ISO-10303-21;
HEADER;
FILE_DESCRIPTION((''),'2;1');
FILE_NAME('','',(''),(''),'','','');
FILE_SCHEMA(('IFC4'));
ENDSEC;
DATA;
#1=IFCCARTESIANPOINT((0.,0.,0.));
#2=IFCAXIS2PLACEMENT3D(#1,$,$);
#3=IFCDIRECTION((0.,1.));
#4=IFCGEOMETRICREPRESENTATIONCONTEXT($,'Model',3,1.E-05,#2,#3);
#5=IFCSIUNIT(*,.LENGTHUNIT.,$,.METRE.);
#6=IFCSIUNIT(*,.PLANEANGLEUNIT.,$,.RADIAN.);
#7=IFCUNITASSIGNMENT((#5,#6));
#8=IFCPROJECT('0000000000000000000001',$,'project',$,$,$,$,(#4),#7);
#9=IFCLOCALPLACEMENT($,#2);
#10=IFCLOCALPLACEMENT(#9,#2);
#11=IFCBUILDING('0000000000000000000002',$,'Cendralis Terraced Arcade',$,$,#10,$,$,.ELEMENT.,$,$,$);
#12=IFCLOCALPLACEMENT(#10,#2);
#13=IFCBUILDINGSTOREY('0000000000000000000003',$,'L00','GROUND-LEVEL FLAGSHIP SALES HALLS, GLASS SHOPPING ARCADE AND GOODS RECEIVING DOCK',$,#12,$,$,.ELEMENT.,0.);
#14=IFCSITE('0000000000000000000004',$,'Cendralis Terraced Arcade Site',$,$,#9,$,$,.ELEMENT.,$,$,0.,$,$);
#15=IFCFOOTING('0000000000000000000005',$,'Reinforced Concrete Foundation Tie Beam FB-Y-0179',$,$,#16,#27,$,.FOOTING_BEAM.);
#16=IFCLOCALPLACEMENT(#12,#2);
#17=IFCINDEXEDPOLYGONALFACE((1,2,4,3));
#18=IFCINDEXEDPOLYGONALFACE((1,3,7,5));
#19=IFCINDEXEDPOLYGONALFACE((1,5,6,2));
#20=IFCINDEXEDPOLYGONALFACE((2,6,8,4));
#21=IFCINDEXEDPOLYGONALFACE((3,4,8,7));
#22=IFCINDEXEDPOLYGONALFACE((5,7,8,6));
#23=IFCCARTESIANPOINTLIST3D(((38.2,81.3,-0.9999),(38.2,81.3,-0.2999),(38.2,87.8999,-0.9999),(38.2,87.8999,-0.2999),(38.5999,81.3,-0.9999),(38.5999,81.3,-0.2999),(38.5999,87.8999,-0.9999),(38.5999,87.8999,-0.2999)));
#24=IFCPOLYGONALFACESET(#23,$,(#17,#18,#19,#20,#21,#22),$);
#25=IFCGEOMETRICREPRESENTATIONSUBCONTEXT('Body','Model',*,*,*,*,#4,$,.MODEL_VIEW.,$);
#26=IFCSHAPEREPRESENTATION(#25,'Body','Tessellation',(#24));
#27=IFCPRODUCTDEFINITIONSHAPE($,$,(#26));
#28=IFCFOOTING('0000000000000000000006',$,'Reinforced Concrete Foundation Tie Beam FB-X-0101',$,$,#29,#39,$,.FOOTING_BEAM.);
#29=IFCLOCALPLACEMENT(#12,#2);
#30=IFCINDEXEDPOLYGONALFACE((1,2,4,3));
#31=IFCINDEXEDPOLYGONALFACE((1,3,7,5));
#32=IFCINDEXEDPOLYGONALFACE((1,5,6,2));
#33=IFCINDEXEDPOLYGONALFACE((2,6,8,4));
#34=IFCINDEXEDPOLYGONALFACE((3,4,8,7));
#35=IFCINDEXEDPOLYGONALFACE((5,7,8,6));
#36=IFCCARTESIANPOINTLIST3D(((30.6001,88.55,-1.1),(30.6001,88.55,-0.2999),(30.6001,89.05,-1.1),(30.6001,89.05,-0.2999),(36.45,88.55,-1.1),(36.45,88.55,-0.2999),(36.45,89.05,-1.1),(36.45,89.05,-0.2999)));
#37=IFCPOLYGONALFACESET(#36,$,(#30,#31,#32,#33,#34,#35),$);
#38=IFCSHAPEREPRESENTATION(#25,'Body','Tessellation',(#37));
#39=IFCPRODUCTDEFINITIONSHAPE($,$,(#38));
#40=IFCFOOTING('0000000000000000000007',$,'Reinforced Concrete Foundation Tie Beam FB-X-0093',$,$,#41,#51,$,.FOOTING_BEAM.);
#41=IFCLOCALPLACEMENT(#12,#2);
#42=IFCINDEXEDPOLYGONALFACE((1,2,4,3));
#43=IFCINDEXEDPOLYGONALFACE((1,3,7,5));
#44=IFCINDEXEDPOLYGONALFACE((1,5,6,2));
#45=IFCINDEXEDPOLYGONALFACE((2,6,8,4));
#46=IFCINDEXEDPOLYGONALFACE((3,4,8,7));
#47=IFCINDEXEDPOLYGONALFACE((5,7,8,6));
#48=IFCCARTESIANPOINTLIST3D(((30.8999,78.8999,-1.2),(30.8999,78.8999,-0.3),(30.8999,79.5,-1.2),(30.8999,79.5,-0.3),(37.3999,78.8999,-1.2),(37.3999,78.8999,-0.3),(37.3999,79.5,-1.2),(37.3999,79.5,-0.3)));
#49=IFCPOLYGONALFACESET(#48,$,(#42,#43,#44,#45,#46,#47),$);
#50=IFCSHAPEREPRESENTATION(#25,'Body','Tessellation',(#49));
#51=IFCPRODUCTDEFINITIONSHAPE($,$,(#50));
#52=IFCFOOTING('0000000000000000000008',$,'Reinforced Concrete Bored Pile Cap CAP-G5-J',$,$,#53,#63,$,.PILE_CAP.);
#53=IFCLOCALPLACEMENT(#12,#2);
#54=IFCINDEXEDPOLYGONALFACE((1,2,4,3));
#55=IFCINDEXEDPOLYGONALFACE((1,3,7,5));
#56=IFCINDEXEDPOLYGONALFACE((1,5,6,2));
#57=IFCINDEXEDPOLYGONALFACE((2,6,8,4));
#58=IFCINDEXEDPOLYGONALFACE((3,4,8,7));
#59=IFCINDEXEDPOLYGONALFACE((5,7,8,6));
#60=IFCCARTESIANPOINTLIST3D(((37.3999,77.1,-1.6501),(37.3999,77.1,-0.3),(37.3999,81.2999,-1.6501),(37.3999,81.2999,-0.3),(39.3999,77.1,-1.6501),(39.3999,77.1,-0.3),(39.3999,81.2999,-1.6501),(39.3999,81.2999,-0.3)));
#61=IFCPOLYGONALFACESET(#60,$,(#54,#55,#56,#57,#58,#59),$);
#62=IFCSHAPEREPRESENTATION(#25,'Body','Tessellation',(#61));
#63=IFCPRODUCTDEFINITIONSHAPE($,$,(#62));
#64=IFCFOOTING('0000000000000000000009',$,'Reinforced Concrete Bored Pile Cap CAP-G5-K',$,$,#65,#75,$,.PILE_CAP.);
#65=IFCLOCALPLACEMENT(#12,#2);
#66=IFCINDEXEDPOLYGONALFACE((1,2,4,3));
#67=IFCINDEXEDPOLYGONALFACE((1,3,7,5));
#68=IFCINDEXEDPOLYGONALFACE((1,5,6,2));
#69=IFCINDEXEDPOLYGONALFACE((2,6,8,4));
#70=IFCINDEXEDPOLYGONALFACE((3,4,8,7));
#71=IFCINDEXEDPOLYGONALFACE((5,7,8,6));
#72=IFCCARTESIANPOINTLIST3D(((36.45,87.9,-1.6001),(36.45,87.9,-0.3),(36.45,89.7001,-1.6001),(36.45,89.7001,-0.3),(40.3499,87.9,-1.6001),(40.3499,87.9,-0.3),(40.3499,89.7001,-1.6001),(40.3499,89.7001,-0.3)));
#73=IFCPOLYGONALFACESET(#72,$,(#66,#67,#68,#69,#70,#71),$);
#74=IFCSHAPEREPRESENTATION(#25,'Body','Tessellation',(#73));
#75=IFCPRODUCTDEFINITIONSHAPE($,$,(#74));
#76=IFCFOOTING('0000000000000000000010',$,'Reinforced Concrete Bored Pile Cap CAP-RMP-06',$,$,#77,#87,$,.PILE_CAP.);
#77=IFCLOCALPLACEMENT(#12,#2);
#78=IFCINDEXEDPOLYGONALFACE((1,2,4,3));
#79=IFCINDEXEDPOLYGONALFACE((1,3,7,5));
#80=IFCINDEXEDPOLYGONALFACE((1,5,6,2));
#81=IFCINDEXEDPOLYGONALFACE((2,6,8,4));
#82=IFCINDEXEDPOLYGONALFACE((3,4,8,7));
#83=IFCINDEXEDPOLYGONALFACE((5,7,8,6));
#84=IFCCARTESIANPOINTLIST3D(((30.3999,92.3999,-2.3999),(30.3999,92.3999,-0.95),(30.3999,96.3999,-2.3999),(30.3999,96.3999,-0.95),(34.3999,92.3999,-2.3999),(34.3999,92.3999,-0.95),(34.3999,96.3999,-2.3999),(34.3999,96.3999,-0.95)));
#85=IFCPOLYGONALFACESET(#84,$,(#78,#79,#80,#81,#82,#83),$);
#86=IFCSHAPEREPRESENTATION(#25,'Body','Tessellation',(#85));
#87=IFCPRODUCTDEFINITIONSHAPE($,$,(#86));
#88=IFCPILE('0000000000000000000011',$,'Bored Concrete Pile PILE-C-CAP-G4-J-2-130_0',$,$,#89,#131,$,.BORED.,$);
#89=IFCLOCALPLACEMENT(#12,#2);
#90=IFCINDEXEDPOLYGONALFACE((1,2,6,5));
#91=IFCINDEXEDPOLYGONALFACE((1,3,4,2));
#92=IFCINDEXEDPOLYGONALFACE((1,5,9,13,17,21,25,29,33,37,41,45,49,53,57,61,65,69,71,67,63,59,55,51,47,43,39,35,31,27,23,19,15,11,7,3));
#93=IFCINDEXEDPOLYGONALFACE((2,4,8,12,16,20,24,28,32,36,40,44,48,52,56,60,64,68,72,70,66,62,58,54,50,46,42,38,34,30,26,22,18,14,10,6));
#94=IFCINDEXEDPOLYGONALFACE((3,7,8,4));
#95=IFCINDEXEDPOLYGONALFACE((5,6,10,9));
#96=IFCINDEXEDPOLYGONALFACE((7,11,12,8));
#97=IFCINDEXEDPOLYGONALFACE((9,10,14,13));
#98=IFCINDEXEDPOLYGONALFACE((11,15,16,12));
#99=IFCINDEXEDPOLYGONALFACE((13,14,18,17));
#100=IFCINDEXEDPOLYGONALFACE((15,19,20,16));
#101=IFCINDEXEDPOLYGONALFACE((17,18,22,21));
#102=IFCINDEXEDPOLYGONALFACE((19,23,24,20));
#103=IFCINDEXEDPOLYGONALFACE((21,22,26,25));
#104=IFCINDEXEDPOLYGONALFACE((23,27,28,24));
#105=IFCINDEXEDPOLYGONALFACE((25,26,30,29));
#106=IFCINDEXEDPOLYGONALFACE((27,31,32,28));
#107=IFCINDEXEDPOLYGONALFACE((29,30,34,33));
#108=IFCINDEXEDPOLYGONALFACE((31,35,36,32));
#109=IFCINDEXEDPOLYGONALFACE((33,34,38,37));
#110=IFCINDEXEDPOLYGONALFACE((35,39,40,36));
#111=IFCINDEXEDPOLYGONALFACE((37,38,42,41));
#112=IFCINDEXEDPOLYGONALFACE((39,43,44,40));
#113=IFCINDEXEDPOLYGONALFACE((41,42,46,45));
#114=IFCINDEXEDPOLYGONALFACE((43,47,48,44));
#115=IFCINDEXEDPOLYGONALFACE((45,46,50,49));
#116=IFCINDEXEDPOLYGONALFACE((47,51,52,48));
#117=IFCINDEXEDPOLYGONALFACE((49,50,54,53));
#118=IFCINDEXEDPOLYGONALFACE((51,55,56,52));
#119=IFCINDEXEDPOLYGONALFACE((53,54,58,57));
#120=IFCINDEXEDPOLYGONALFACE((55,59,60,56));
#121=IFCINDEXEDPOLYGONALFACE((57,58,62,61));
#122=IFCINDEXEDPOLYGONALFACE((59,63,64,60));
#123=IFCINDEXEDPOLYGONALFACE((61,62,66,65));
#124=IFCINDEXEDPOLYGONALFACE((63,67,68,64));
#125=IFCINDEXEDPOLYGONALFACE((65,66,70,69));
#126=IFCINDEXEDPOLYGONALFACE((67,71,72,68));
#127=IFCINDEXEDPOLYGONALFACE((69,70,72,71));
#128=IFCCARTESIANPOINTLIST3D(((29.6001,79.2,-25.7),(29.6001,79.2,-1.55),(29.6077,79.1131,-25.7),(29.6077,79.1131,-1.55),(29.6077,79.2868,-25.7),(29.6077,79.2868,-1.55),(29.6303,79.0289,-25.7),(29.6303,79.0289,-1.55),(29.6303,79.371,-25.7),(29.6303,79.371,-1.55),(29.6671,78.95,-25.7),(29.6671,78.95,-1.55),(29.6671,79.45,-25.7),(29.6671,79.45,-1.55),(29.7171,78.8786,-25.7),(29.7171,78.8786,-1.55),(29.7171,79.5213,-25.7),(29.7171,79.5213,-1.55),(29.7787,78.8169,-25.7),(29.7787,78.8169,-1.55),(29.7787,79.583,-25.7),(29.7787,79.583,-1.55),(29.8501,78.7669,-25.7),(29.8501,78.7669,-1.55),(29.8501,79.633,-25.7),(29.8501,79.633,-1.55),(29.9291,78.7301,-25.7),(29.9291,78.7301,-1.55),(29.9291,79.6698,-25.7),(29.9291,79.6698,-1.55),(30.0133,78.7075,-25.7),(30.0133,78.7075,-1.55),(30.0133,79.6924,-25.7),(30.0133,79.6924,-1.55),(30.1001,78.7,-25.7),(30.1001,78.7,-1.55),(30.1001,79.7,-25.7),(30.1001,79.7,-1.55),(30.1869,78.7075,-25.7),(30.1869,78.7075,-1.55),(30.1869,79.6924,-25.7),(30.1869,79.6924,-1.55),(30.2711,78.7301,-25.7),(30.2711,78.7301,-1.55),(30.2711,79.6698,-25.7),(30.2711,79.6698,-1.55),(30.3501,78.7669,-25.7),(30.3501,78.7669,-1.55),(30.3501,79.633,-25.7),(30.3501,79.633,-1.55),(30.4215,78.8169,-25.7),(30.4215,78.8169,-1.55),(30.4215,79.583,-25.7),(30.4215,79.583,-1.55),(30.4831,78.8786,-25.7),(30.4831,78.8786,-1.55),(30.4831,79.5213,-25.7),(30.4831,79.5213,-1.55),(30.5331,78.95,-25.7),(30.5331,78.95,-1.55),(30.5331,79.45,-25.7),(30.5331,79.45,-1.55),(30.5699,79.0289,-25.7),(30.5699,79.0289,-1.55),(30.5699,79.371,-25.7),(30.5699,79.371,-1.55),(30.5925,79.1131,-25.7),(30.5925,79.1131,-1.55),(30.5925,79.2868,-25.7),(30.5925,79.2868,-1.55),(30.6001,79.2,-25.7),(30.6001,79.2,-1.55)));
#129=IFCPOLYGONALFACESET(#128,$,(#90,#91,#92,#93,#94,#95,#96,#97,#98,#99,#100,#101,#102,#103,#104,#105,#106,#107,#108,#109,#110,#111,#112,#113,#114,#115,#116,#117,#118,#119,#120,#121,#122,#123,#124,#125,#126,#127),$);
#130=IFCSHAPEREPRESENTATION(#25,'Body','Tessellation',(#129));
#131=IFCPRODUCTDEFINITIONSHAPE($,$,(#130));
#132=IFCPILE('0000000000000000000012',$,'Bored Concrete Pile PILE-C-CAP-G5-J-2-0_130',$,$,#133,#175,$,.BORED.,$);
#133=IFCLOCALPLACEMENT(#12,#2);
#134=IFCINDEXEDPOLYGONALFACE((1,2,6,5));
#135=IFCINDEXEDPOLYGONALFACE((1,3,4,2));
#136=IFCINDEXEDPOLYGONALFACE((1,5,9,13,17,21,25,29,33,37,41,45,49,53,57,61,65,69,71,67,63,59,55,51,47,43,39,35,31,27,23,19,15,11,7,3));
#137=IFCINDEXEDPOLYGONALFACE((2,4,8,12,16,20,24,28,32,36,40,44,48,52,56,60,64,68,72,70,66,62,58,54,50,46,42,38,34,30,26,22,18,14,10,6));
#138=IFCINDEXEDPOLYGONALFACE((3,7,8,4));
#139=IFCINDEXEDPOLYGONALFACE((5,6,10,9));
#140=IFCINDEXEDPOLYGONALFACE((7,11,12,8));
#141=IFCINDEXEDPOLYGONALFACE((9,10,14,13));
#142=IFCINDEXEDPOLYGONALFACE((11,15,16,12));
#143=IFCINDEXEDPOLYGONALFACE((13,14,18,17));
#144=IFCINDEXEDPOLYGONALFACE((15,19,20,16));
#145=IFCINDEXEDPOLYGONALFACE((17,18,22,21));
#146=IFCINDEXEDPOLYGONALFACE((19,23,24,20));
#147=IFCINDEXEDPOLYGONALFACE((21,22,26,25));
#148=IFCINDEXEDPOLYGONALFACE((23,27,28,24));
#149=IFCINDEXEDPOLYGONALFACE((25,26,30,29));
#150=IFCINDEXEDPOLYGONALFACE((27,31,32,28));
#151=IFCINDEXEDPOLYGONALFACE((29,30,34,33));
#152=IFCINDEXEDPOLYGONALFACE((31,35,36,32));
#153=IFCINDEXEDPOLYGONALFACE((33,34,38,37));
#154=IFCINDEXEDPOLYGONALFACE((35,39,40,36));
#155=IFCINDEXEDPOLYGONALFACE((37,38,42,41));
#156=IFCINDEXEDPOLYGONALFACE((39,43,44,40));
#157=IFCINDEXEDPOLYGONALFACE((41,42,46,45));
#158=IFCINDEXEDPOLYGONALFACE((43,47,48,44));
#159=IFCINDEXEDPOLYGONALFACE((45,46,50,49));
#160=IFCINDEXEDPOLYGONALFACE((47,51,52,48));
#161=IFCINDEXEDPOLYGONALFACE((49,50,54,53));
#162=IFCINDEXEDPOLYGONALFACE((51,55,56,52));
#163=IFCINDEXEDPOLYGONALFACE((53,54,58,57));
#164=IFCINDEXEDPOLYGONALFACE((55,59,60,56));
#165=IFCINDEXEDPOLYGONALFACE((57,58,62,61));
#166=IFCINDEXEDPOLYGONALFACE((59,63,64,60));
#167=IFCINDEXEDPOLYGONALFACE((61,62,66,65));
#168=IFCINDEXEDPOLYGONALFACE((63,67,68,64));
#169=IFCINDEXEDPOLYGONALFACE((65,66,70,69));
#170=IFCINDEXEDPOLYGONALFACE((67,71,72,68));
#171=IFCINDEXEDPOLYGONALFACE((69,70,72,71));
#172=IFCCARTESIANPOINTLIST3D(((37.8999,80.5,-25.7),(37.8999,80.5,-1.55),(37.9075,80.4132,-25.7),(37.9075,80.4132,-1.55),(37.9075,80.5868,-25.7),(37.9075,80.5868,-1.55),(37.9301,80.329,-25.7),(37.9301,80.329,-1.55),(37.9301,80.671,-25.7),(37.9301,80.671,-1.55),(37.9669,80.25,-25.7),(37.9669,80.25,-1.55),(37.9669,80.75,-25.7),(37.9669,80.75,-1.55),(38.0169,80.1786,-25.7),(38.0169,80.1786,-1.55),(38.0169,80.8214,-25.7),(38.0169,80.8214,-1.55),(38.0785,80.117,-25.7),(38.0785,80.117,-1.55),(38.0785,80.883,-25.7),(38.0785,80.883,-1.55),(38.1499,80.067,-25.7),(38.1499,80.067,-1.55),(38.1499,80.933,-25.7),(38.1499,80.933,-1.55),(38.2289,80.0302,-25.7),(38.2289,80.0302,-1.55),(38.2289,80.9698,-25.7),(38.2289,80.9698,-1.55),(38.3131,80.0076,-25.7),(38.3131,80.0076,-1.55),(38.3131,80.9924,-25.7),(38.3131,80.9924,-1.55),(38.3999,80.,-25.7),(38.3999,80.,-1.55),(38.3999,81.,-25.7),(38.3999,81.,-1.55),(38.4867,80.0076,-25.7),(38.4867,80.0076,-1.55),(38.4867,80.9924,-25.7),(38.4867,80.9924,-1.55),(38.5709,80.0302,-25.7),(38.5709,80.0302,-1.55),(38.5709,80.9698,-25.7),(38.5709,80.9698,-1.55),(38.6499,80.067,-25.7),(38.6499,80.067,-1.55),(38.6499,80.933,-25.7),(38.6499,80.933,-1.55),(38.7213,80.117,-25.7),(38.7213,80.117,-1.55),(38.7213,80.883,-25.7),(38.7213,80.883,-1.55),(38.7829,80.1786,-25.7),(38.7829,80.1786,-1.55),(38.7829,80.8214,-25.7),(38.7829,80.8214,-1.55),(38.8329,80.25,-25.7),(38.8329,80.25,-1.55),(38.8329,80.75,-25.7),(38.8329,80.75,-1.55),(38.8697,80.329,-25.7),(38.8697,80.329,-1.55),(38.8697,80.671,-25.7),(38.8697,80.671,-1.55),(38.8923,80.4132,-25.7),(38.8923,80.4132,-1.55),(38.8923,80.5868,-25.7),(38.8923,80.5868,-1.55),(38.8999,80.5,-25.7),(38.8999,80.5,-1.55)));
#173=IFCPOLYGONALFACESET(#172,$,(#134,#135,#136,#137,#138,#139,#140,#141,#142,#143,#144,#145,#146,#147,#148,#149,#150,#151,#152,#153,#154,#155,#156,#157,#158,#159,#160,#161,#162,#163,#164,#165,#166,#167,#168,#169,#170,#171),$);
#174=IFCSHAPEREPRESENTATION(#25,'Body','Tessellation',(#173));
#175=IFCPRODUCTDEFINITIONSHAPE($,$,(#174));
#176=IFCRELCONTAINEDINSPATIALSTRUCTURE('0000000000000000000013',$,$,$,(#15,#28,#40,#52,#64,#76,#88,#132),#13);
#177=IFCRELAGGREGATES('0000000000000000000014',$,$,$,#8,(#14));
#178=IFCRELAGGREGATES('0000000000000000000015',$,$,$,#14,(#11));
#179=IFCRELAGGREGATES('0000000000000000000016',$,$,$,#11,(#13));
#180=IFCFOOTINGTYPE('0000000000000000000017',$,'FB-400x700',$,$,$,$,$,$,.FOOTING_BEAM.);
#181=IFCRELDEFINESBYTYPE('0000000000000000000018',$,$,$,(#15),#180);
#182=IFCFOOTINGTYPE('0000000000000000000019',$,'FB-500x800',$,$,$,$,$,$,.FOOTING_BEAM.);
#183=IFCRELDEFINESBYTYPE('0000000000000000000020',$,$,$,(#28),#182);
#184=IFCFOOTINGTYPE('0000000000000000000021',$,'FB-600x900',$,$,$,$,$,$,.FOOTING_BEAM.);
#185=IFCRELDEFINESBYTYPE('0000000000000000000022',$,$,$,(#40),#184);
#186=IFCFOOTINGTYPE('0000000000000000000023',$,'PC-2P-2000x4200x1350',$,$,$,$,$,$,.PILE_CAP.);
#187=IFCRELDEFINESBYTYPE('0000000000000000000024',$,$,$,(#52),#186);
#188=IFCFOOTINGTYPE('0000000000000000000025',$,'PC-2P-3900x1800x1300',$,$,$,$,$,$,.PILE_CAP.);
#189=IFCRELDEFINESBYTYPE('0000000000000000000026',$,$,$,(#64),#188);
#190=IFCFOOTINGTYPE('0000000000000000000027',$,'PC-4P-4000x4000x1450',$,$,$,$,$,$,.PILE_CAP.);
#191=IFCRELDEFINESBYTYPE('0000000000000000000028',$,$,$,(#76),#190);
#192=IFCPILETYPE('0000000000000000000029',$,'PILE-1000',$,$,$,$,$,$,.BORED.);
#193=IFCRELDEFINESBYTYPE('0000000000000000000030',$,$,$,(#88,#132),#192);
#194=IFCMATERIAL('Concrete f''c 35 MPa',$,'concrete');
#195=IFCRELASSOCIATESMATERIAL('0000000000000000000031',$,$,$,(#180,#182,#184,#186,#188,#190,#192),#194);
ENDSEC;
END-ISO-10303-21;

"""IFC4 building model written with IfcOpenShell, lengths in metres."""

from ifc_helpers import new_model, si_unit, direction, frame, origin, origin_2d, place, context, subcontext, project, spatial, rectangle, circle, extrude, material, material_profile, profile_set, type_object, element, save


model = new_model("IFC4")

# Units and contexts
model_context = context("Model", 3, precision=1e-05, world=origin(), true_north=direction((0.0, 1.0)))
body_context = subcontext(model_context, "Body", "Model", "MODEL_VIEW")
ifc_project = project(units=[si_unit("LENGTHUNIT", "METRE"), si_unit("PLANEANGLEUNIT", "RADIAN")], contexts=[model_context])

# Site, building, storey
site_placement = place(None, origin())
site = spatial("IfcSite", under=ifc_project, at=site_placement, Name="Cendralis Terraced Arcade Site", CompositionType="ELEMENT", RefElevation=0.0)
building_placement = place(site_placement, origin())
building = spatial("IfcBuilding", under=site, at=building_placement, Name="Cendralis Terraced Arcade", CompositionType="ELEMENT")
storey_placement = place(building_placement, origin())
storey = spatial("IfcBuildingStorey", under=building, at=storey_placement, Name="L00", Description="GROUND-LEVEL FLAGSHIP SALES HALLS, GLASS SHOPPING ARCADE AND GOODS RECEIVING DOCK", CompositionType="ELEMENT", Elevation=0.0)

# Footings
ifc_material_1 = material(Name="Concrete f'c 35 MPa", Category="concrete")
ifc_material_profile_1 = material_profile(ifc_material_1, rectangle(XDim=0.3999, YDim=0.7, at=origin_2d()), Name="FB-400x700", Category="LoadBearing")
ifc_profile_set_1 = profile_set([ifc_material_profile_1], Name="Concrete f'c 35 MPa")
footing_type_1 = type_object("IfcFootingType", Name="FB-400x700", PredefinedType="FOOTING_BEAM", material=ifc_profile_set_1)
footing_1_placement = place(storey_placement, frame((38.3999, 81.3, -0.6499), z_axis=(0.0, 1.0, 0.0), x_axis=(-1.0, 0.0, 0.0)))
element("IfcFooting", 1, at=footing_1_placement, inside=storey, type_object=footing_type_1, Name="Reinforced Concrete Foundation Tie Beam FB-Y-0179", PredefinedType="FOOTING_BEAM", context=body_context, shape_type="SweptSolid", body=[
    extrude(rectangle(XDim=0.3999, YDim=0.7, at=origin_2d()), origin(), (0.0, 0.0, 1.0), 6.5999),
])
ifc_material_profile_2 = material_profile(ifc_material_1, rectangle(XDim=0.5, YDim=0.8, at=origin_2d()), Name="FB-500x800", Category="LoadBearing")
ifc_profile_set_2 = profile_set([ifc_material_profile_2], Name="Concrete f'c 35 MPa")
footing_type_2 = type_object("IfcFootingType", Name="FB-500x800", PredefinedType="FOOTING_BEAM", material=ifc_profile_set_2)
footing_2_placement = place(storey_placement, frame((30.6001, 88.8, -0.7), z_axis=(1.0, 0.0, 0.0), x_axis=(0.0, 1.0, 0.0)))
element("IfcFooting", 2, at=footing_2_placement, inside=storey, type_object=footing_type_2, Name="Reinforced Concrete Foundation Tie Beam FB-X-0101", PredefinedType="FOOTING_BEAM", context=body_context, shape_type="SweptSolid", body=[
    extrude(rectangle(XDim=0.5, YDim=0.8, at=origin_2d()), origin(), (0.0, 0.0, 1.0), 5.8499),
])
ifc_material_profile_3 = material_profile(ifc_material_1, rectangle(XDim=0.6001, YDim=0.8999, at=origin_2d()), Name="FB-600x900", Category="LoadBearing")
ifc_profile_set_3 = profile_set([ifc_material_profile_3], Name="Concrete f'c 35 MPa")
footing_type_3 = type_object("IfcFootingType", Name="FB-600x900", PredefinedType="FOOTING_BEAM", material=ifc_profile_set_3)
footing_3_placement = place(storey_placement, frame((30.8999, 79.2, -0.75), z_axis=(1.0, 0.0, 0.0), x_axis=(0.0, 1.0, 0.0)))
element("IfcFooting", 3, at=footing_3_placement, inside=storey, type_object=footing_type_3, Name="Reinforced Concrete Foundation Tie Beam FB-X-0093", PredefinedType="FOOTING_BEAM", context=body_context, shape_type="SweptSolid", body=[
    extrude(rectangle(XDim=0.6001, YDim=0.8999, at=origin_2d()), origin(), (0.0, 0.0, 1.0), 6.5),
])
footing_type_4 = type_object("IfcFootingType", Name="PC-2P-2000x4200x1350", PredefinedType="PILE_CAP", material=ifc_material_1)
footing_4_placement = place(storey_placement, frame((38.3999, 79.2, -1.6501), z_axis=(0.0, 0.0, 1.0), x_axis=(1.0, 0.0, 0.0)))
element("IfcFooting", 4, at=footing_4_placement, inside=storey, type_object=footing_type_4, Name="Reinforced Concrete Bored Pile Cap CAP-G5-J", PredefinedType="PILE_CAP", context=body_context, shape_type="SweptSolid", body=[
    extrude(rectangle(XDim=2.0, YDim=4.2, at=origin_2d()), origin(), (0.0, 0.0, 1.0), 1.3501),
])
footing_type_5 = type_object("IfcFootingType", Name="PC-2P-3900x1800x1300", PredefinedType="PILE_CAP", material=ifc_material_1)
footing_5_placement = place(storey_placement, frame((38.3999, 88.8, -1.6001), z_axis=(0.0, 0.0, 1.0), x_axis=(1.0, 0.0, 0.0)))
element("IfcFooting", 5, at=footing_5_placement, inside=storey, type_object=footing_type_5, Name="Reinforced Concrete Bored Pile Cap CAP-G5-K", PredefinedType="PILE_CAP", context=body_context, shape_type="SweptSolid", body=[
    extrude(rectangle(XDim=3.8999, YDim=1.8, at=origin_2d()), origin(), (0.0, 0.0, 1.0), 1.3),
])
footing_type_6 = type_object("IfcFootingType", Name="PC-4P-4000x4000x1450", PredefinedType="PILE_CAP", material=ifc_material_1)
footing_6_placement = place(storey_placement, frame((32.3999, 94.3999, -2.3999), z_axis=(0.0, 0.0, 1.0), x_axis=(1.0, 0.0, 0.0)))
element("IfcFooting", 6, at=footing_6_placement, inside=storey, type_object=footing_type_6, Name="Reinforced Concrete Bored Pile Cap CAP-RMP-06", PredefinedType="PILE_CAP", context=body_context, shape_type="SweptSolid", body=[
    extrude(rectangle(XDim=4.0, YDim=4.0, at=origin_2d()), origin(), (0.0, 0.0, 1.0), 1.45),
])

# Piles
ifc_material_profile_4 = material_profile(ifc_material_1, circle(Radius=0.5, at=origin_2d()), Name="PILE-D1000", Category="LoadBearing")
ifc_profile_set_4 = profile_set([ifc_material_profile_4], Name="Concrete f'c 35 MPa")
pile_type_1 = type_object("IfcPileType", Name="PILE-1000", PredefinedType="BORED", material=ifc_profile_set_4)
for number, where, z_axis, x_axis, name in (
    (7, (30.1001, 79.2, -1.55), (0.0, 0.0, -1.0), (1.0, 0.0, 0.0), "Bored Concrete Pile PILE-C-CAP-G4-J-2-130_0"),
    (8, (38.3999, 80.5, -1.55), (0.0, 0.0, -1.0), (1.0, 0.0, 0.0), "Bored Concrete Pile PILE-C-CAP-G5-J-2-0_130"),
):
    element("IfcPile", number, at=place(storey_placement, frame(where, z_axis=z_axis, x_axis=x_axis)), inside=storey, type_object=pile_type_1, Name=name, PredefinedType="BORED", context=body_context, shape_type="SweptSolid", body=[
        extrude(circle(Radius=0.5, at=origin_2d()), origin(), (0.0, 0.0, 1.0), 24.1499),
    ])

save(model, "model.ifc")
